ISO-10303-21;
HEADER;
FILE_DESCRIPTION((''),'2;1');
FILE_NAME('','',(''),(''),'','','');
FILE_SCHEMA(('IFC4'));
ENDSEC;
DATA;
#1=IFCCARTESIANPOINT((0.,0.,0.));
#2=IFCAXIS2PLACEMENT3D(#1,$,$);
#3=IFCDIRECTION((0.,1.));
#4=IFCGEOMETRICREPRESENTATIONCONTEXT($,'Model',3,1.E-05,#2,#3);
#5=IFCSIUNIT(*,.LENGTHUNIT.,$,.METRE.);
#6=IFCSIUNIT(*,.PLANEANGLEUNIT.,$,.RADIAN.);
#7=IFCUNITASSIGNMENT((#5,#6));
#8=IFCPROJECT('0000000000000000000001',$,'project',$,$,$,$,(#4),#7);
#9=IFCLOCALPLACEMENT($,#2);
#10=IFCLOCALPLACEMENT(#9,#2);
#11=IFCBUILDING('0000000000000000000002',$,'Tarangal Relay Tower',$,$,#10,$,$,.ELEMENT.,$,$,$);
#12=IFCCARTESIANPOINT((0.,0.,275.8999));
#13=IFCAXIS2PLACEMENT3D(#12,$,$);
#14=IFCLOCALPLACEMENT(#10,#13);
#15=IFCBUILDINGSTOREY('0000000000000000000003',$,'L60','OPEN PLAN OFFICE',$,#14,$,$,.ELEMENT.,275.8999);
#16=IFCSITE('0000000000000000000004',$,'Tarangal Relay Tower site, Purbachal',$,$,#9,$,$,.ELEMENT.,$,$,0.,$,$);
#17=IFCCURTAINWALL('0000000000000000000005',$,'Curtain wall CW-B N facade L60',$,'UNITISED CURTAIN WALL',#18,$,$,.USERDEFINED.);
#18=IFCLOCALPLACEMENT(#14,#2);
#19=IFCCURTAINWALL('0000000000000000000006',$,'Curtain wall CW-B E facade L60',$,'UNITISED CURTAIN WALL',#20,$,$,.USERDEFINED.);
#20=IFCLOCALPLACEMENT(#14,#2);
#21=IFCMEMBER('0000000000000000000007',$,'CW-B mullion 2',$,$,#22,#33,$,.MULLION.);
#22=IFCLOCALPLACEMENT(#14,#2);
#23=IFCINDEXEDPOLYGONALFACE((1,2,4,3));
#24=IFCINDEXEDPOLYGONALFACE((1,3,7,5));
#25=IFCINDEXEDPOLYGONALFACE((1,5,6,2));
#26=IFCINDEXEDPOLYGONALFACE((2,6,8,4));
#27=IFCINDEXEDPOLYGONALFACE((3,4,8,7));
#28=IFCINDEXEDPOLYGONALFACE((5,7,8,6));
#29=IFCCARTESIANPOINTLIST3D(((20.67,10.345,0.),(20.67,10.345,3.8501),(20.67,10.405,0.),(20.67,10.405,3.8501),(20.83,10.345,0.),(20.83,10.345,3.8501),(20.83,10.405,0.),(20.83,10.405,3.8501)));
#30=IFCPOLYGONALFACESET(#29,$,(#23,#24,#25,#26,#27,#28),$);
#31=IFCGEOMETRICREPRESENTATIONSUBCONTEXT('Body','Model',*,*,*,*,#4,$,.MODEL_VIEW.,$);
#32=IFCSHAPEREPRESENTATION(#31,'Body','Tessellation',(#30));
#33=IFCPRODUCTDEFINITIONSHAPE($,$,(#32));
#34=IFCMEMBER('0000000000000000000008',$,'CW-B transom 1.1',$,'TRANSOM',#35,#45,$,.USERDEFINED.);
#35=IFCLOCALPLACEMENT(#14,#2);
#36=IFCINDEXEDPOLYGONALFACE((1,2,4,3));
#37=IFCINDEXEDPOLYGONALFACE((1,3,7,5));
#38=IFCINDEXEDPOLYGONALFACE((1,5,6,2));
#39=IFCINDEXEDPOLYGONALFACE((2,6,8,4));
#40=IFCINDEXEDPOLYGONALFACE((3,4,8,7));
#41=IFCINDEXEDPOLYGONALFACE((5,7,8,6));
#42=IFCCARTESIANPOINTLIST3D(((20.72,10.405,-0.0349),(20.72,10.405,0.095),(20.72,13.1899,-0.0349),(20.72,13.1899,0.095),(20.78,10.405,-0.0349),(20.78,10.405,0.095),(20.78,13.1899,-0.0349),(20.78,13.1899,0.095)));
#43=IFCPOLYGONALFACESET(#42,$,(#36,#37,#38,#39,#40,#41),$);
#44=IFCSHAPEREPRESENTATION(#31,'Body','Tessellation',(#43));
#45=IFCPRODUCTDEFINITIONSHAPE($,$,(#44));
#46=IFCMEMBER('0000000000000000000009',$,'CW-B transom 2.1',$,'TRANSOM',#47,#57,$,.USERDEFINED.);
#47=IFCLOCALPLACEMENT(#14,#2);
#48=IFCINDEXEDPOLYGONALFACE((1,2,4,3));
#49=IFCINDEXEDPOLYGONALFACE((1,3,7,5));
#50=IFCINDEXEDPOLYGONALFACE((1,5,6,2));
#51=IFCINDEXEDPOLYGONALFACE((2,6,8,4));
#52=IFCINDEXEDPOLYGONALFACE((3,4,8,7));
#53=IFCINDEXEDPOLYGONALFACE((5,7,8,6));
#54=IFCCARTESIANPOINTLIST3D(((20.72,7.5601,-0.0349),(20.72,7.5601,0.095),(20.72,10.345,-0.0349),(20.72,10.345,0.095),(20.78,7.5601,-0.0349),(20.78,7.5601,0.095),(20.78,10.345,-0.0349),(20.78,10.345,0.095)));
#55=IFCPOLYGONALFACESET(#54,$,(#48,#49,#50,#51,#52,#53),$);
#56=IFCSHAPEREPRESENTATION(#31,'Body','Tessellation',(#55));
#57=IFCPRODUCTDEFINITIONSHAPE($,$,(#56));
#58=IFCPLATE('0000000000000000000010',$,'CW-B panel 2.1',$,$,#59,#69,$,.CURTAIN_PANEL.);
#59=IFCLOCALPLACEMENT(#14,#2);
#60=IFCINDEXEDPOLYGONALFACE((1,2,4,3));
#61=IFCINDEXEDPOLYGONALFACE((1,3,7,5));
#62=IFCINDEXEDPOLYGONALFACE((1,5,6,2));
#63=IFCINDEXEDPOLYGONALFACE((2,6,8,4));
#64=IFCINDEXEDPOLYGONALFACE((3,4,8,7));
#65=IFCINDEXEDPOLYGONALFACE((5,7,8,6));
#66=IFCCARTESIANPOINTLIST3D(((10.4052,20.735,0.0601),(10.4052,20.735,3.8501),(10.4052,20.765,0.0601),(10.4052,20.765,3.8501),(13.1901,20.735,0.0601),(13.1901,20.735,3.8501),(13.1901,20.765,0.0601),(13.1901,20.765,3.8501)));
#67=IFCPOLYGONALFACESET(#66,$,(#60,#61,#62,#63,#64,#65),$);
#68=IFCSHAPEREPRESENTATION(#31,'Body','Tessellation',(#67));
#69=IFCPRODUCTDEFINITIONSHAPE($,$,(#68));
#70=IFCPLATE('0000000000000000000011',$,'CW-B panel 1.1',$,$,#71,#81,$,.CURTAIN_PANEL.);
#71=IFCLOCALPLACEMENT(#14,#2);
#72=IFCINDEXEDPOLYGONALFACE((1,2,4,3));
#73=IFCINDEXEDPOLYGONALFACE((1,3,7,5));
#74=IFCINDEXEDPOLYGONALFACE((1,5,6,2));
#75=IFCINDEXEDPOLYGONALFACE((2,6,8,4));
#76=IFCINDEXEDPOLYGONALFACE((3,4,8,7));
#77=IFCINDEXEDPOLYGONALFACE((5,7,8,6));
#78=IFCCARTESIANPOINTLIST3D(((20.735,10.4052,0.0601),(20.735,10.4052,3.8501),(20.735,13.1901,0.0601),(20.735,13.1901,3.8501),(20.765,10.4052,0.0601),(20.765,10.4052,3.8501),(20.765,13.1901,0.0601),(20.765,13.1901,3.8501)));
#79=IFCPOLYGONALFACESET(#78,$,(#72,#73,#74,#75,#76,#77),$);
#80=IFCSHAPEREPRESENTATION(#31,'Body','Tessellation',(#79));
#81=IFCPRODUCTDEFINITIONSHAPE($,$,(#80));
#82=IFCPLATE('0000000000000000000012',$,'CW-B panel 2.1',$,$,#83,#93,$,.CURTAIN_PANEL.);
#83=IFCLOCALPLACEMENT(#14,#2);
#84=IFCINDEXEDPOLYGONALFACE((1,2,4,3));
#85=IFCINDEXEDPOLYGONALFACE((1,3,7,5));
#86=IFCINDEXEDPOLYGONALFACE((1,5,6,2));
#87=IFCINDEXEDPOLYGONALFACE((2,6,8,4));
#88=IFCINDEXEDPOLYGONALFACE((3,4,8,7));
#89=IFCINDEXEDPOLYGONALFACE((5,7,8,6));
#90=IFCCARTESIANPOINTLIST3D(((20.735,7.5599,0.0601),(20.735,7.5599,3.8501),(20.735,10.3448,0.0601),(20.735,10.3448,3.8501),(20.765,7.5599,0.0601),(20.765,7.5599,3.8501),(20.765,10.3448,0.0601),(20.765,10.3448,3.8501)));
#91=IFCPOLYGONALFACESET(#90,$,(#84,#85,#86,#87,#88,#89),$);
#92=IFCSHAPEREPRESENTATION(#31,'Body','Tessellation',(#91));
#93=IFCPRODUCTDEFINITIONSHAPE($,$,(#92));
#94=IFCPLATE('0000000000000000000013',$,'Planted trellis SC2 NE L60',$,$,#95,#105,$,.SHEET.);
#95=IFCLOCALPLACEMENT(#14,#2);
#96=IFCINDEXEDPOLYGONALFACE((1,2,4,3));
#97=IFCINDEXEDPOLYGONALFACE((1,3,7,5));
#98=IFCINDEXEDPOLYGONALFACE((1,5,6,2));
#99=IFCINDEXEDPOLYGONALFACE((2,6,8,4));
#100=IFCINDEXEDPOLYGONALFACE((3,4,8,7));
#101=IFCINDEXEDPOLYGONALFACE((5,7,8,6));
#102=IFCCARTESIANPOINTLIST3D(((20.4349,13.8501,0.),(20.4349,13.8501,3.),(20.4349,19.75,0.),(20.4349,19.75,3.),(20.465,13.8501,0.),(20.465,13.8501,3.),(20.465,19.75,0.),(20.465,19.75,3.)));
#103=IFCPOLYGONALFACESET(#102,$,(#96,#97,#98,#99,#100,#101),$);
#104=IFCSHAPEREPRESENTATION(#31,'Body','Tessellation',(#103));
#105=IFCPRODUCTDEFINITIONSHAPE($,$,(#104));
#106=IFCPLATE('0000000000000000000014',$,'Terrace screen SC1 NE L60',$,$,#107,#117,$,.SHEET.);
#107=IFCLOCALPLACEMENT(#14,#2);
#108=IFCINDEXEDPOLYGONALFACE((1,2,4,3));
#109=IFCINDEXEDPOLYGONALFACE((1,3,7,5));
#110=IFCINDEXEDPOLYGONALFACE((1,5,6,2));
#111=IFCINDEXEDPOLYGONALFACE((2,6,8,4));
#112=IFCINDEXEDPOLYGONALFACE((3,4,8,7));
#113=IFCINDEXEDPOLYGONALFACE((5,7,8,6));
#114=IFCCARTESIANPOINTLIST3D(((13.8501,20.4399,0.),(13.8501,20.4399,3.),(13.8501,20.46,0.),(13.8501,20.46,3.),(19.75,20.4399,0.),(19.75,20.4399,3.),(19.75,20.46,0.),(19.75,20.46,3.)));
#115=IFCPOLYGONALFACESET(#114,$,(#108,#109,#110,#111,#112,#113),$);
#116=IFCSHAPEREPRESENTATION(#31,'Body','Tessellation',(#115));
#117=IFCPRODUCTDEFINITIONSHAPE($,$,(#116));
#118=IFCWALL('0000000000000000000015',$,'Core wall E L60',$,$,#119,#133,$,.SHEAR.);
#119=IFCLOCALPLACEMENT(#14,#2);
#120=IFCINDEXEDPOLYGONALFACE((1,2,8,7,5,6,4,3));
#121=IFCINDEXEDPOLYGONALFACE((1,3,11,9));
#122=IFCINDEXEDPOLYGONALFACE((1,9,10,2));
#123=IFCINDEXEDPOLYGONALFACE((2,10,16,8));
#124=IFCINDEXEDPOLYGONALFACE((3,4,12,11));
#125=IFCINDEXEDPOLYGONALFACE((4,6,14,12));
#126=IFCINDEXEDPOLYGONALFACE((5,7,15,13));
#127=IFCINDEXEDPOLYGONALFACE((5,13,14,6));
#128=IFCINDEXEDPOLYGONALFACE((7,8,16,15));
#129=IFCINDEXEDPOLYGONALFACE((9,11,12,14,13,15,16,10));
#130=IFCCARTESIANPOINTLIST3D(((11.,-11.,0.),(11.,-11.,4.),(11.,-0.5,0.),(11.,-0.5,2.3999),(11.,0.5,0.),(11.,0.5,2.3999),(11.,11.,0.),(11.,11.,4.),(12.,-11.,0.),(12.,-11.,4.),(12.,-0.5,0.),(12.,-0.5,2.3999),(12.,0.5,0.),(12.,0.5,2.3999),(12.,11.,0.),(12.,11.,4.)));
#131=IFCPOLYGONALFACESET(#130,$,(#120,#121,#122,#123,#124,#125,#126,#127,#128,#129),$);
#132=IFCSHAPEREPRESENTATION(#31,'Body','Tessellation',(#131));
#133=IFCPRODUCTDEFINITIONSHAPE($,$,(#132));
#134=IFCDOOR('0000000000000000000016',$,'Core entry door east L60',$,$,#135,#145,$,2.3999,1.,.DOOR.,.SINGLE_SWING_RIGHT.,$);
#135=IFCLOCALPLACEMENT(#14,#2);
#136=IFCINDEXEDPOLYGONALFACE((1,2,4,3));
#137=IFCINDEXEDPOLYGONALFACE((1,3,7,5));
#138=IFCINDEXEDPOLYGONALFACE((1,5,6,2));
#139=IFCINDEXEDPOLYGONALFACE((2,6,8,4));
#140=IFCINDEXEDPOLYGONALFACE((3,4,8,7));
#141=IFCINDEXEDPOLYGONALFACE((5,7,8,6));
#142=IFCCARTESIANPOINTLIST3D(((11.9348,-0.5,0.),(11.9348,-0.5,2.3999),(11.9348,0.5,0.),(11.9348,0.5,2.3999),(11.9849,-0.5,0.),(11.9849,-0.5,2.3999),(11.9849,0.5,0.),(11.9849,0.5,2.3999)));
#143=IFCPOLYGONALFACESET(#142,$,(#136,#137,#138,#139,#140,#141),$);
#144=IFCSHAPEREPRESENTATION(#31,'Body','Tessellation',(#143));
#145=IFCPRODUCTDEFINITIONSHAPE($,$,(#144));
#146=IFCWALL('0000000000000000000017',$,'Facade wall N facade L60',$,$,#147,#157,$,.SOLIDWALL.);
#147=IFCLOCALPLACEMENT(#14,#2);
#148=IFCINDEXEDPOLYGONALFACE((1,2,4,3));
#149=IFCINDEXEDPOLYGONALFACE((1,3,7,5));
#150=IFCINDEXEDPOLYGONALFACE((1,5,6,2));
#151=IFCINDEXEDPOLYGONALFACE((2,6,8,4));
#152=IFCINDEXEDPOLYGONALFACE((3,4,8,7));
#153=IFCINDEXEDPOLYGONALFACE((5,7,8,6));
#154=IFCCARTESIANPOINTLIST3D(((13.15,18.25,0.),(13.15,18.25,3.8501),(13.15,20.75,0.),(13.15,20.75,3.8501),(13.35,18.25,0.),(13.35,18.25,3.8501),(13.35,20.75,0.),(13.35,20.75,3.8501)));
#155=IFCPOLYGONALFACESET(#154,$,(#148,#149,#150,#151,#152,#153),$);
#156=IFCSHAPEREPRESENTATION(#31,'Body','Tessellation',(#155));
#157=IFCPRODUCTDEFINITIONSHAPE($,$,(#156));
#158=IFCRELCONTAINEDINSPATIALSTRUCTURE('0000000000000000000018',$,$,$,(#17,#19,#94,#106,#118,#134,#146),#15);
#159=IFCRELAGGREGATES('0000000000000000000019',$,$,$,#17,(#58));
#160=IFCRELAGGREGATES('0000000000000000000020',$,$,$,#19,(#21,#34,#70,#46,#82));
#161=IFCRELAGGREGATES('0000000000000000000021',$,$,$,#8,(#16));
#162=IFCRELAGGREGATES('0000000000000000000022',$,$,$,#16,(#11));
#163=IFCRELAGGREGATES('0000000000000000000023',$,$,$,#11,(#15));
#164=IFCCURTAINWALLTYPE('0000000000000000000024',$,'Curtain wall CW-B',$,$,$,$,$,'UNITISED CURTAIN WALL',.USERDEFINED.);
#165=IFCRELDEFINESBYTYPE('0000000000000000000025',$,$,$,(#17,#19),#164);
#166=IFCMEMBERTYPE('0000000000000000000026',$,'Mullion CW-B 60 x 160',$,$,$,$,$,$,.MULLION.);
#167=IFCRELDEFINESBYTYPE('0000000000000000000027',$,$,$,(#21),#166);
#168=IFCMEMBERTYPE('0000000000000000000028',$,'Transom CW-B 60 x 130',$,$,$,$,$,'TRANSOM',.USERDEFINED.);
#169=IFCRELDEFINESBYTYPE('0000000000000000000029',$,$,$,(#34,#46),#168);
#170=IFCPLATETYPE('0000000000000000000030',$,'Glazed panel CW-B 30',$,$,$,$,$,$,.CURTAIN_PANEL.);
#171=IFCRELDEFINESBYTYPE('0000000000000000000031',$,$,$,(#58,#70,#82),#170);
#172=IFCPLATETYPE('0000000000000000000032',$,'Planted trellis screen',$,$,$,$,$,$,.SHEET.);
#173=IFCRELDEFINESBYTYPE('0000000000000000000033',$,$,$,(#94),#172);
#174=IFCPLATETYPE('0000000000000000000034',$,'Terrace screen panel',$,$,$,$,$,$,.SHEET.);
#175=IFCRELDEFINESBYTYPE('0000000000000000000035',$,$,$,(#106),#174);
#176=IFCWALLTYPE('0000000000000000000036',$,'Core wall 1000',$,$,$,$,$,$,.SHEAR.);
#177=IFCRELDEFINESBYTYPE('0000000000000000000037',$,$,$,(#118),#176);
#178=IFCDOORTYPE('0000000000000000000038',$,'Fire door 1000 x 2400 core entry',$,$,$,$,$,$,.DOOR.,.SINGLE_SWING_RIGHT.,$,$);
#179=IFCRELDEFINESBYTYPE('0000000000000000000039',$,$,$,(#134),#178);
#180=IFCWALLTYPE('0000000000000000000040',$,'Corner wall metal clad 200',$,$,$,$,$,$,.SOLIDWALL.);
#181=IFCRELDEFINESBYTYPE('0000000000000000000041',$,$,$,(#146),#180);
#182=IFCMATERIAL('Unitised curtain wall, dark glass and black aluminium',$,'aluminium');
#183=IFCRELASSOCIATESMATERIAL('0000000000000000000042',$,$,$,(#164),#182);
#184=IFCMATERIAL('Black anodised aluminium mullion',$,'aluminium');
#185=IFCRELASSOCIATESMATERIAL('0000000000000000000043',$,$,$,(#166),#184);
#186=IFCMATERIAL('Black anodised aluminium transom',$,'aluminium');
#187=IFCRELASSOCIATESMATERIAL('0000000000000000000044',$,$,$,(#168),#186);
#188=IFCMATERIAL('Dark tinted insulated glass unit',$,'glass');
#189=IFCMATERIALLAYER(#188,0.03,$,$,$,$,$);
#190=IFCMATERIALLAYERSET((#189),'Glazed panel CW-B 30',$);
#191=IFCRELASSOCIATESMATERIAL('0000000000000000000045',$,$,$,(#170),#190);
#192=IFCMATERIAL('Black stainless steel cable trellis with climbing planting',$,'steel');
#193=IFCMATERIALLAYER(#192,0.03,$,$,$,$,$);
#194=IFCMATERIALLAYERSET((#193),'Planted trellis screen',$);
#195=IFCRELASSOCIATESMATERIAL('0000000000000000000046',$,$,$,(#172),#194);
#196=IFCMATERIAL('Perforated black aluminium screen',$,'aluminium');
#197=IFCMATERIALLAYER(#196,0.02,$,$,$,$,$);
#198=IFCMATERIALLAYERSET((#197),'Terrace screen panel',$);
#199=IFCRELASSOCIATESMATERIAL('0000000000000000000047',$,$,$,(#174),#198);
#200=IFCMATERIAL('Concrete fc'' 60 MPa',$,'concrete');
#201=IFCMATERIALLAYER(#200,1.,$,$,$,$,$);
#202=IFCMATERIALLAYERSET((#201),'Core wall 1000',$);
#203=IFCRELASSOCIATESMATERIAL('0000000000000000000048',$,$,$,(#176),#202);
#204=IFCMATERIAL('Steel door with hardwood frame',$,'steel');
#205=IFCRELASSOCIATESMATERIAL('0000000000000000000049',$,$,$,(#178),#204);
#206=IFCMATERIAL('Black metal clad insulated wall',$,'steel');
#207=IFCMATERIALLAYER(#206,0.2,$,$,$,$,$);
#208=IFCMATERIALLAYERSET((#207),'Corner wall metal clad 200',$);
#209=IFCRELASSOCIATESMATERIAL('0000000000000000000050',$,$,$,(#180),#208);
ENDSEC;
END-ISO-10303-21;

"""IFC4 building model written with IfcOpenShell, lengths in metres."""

from ifc_helpers import new_model, si_unit, direction, frame, frame_2d, origin, origin_2d, place, context, subcontext, project, spatial, rectangle, extrude, material, layer, layer_set, material_profile, profile_set, type_object, element, fill, aggregate, save


model = new_model("IFC4")

# Units and contexts
model_context = context("Model", 3, precision=1e-05, world=origin(), true_north=direction((0.0, 1.0)))
body_context = subcontext(model_context, "Body", "Model", "MODEL_VIEW")
ifc_project = project(units=[si_unit("LENGTHUNIT", "METRE"), si_unit("PLANEANGLEUNIT", "RADIAN")], contexts=[model_context])

# Site, building, storey
site_placement = place(None, origin())
site = spatial("IfcSite", under=ifc_project, at=site_placement, Name="Tarangal Relay Tower site, Purbachal", CompositionType="ELEMENT", RefElevation=0.0)
building_placement = place(site_placement, origin())
building = spatial("IfcBuilding", under=site, at=building_placement, Name="Tarangal Relay Tower", CompositionType="ELEMENT")
storey_placement = place(building_placement, frame((0.0, 0.0, 275.8999)))
storey = spatial("IfcBuildingStorey", under=building, at=storey_placement, Name="L60", Description="OPEN PLAN OFFICE", CompositionType="ELEMENT", Elevation=275.8999)

# Curtain wall
ifc_material_1 = material(Name="Unitised curtain wall, dark glass and black aluminium", Category="aluminium")
curtain_wall_type = type_object("IfcCurtainWallType", Name="Curtain wall CW-B", ElementType="UNITISED CURTAIN WALL", PredefinedType="USERDEFINED", material=ifc_material_1)
curtain_wall_1_placement = place(storey_placement, origin())
curtain_wall_1 = element("IfcCurtainWall", 1, at=curtain_wall_1_placement, inside=storey, type_object=curtain_wall_type, Name="Curtain wall CW-B N facade L60", ObjectType="UNITISED CURTAIN WALL", PredefinedType="USERDEFINED")
ifc_material_2 = material(Name="Black anodised aluminium mullion", Category="aluminium")
ifc_material_profile_1 = material_profile(ifc_material_2, rectangle(XDim=0.1599, YDim=0.0601, at=origin_2d()), Name="CW-BM 60X160")
ifc_profile_set_1 = profile_set([ifc_material_profile_1], Name="Black anodised aluminium mullion")
member_type_1 = type_object("IfcMemberType", Name="Mullion CW-B 60 x 160", PredefinedType="MULLION", material=ifc_profile_set_1)

# Curtain wall, members
curtain_wall_2_placement = place(storey_placement, origin())
curtain_wall_2 = element("IfcCurtainWall", 2, at=curtain_wall_2_placement, inside=storey, type_object=curtain_wall_type, Name="Curtain wall CW-B E facade L60", ObjectType="UNITISED CURTAIN WALL", PredefinedType="USERDEFINED")
member_1_placement = place(storey_placement, frame((20.75, 10.375, 0.0), z_axis=(0.0, 0.0, 1.0), x_axis=(1.0, 0.0, 0.0)))
member_1 = element("IfcMember", 3, at=member_1_placement, type_object=member_type_1, Name="CW-B mullion 2", PredefinedType="MULLION", context=body_context, shape_type="SweptSolid", body=[
    extrude(rectangle(XDim=0.1599, YDim=0.0601, at=origin_2d()), origin(), (0.0, 0.0, 1.0), 3.8501),
])
ifc_material_3 = material(Name="Black anodised aluminium transom", Category="aluminium")
ifc_material_profile_2 = material_profile(ifc_material_3, rectangle(XDim=0.0601, YDim=0.1299, at=origin_2d()), Name="CW-BT 60X130")
ifc_profile_set_2 = profile_set([ifc_material_profile_2], Name="Black anodised aluminium transom")
member_type_2 = type_object("IfcMemberType", Name="Transom CW-B 60 x 130", ElementType="TRANSOM", PredefinedType="USERDEFINED", material=ifc_profile_set_2)
member_2_placement = place(storey_placement, frame((20.75, 13.1899, 0.03), z_axis=(0.0, -1.0, 0.0), x_axis=(1.0, 0.0, 0.0)))
member_2 = element("IfcMember", 4, at=member_2_placement, type_object=member_type_2, Name="CW-B transom 1.1", ObjectType="TRANSOM", PredefinedType="USERDEFINED", context=body_context, shape_type="SweptSolid", body=[
    extrude(rectangle(XDim=0.0601, YDim=0.1299, at=origin_2d()), origin(), (0.0, 0.0, 1.0), 2.7849),
])
member_3_placement = place(storey_placement, frame((20.75, 10.345, 0.03), z_axis=(0.0, -1.0, 0.0), x_axis=(1.0, 0.0, 0.0)))
member_3 = element("IfcMember", 5, at=member_3_placement, type_object=member_type_2, Name="CW-B transom 2.1", ObjectType="TRANSOM", PredefinedType="USERDEFINED", context=body_context, shape_type="SweptSolid", body=[
    extrude(rectangle(XDim=0.0601, YDim=0.1299, at=origin_2d()), origin(), (0.0, 0.0, 1.0), 2.7849),
])

# Plates
ifc_material_4 = material(Name="Dark tinted insulated glass unit", Category="glass")
ifc_layer_1 = layer(ifc_material_4, 0.03)
ifc_layer_set_1 = layer_set([ifc_layer_1], Name="Glazed panel CW-B 30")
plate_type_1 = type_object("IfcPlateType", Name="Glazed panel CW-B 30", PredefinedType="CURTAIN_PANEL", material=ifc_layer_set_1)
plate_1_placement = place(storey_placement, frame((11.7976, 20.75, 0.0601), z_axis=(0.0, 0.0, 1.0), x_axis=(1.0, 0.0, 0.0)))
plate_1 = element("IfcPlate", 6, at=plate_1_placement, type_object=plate_type_1, Name="CW-B panel 2.1", PredefinedType="CURTAIN_PANEL", context=body_context, shape_type="SweptSolid", body=[
    extrude(rectangle(XDim=2.7849, YDim=0.03, at=origin_2d()), origin(), (0.0, 0.0, 1.0), 3.79),
])
aggregate(curtain_wall_1, [plate_1])
plate_2_placement = place(storey_placement, frame((20.75, 11.7976, 0.0601), z_axis=(0.0, 0.0, 1.0), x_axis=(0.0, -1.0, 0.0)))
plate_2 = element("IfcPlate", 7, at=plate_2_placement, type_object=plate_type_1, Name="CW-B panel 1.1", PredefinedType="CURTAIN_PANEL", context=body_context, shape_type="SweptSolid", body=[
    extrude(rectangle(XDim=2.7849, YDim=0.03, at=origin_2d()), origin(), (0.0, 0.0, 1.0), 3.79),
])
plate_3_placement = place(storey_placement, frame((20.75, 8.9524, 0.0601), z_axis=(0.0, 0.0, 1.0), x_axis=(0.0, -1.0, 0.0)))
plate_3 = element("IfcPlate", 8, at=plate_3_placement, type_object=plate_type_1, Name="CW-B panel 2.1", PredefinedType="CURTAIN_PANEL", context=body_context, shape_type="SweptSolid", body=[
    extrude(rectangle(XDim=2.7849, YDim=0.03, at=origin_2d()), origin(), (0.0, 0.0, 1.0), 3.79),
])
aggregate(curtain_wall_2, [member_1, member_2, plate_2, member_3, plate_3])

# Plates
ifc_material_5 = material(Name="Black stainless steel cable trellis with climbing planting", Category="steel")
ifc_layer_2 = layer(ifc_material_5, 0.03)
ifc_layer_set_2 = layer_set([ifc_layer_2], Name="Planted trellis screen")
plate_type_2 = type_object("IfcPlateType", Name="Planted trellis screen", PredefinedType="SHEET", material=ifc_layer_set_2)
plate_4_placement = place(storey_placement, frame((20.45, 16.8, 0.0), z_axis=(0.0, 0.0, 1.0), x_axis=(0.0, -1.0, 0.0)))
element("IfcPlate", 9, at=plate_4_placement, inside=storey, type_object=plate_type_2, Name="Planted trellis SC2 NE L60", PredefinedType="SHEET", context=body_context, shape_type="SweptSolid", body=[
    extrude(rectangle(XDim=5.8999, YDim=0.03, at=origin_2d()), origin(), (0.0, 0.0, 1.0), 3.0),
])
ifc_material_6 = material(Name="Perforated black aluminium screen", Category="aluminium")
ifc_layer_3 = layer(ifc_material_6, 0.02)
ifc_layer_set_3 = layer_set([ifc_layer_3], Name="Terrace screen panel")
plate_type_3 = type_object("IfcPlateType", Name="Terrace screen panel", PredefinedType="SHEET", material=ifc_layer_set_3)
plate_5_placement = place(storey_placement, frame((16.8, 20.45, 0.0), z_axis=(0.0, 0.0, 1.0), x_axis=(1.0, 0.0, 0.0)))
element("IfcPlate", 10, at=plate_5_placement, inside=storey, type_object=plate_type_3, Name="Terrace screen SC1 NE L60", PredefinedType="SHEET", context=body_context, shape_type="SweptSolid", body=[
    extrude(rectangle(XDim=5.8999, YDim=0.02, at=origin_2d()), origin(), (0.0, 0.0, 1.0), 3.0),
])

# Wall, opening, door
ifc_material_7 = material(Name="Concrete fc' 60 MPa", Category="concrete")
ifc_layer_4 = layer(ifc_material_7, 1.0)
ifc_layer_set_4 = layer_set([ifc_layer_4], Name="Core wall 1000")
wall_type_1 = type_object("IfcWallType", Name="Core wall 1000", PredefinedType="SHEAR", material=ifc_layer_set_4)
wall_1_placement = place(storey_placement, frame((11.5, 11.0, 0.0), z_axis=(0.0, 0.0, 1.0), x_axis=(0.0, -1.0, 0.0)))
wall_1 = element("IfcWall", 11, at=wall_1_placement, inside=storey, type_object=wall_type_1, Name="Core wall E L60", PredefinedType="SHEAR", context=body_context, shape_type="SweptSolid", body=[
    extrude(rectangle(XDim=22.0, YDim=1.0, at=frame_2d((11.0, 0.0))), origin(), (0.0, 0.0, 1.0), 4.0),
])
opening_1_placement = place(wall_1_placement, frame((10.5, 0.0, 0.0)))
opening_1 = element("IfcOpeningElement", 12, at=opening_1_placement, cuts=wall_1, PredefinedType="OPENING", context=body_context, shape_type="SweptSolid", body=[
    extrude(rectangle(XDim=1.0, YDim=2.3999, at=frame_2d((0.5, 1.2))), frame((0.0, 0.51, 0.0), z_axis=(0.0, -1.0, 0.0), x_axis=(1.0, 0.0, 0.0)), (0.0, 0.0, 1.0), 1.02),
])
ifc_material_8 = material(Name="Steel door with hardwood frame", Category="steel")
door_type_1 = type_object("IfcDoorType", Name="Fire door 1000 x 2400 core entry", OperationType="SINGLE_SWING_RIGHT", PredefinedType="DOOR", material=ifc_material_8)
door_1_placement = place(opening_1_placement, origin())
door_1 = element("IfcDoor", 13, at=door_1_placement, inside=storey, type_object=door_type_1, Name="Core entry door east L60", OperationType="SINGLE_SWING_RIGHT", OverallHeight=2.3999, OverallWidth=1.0, PredefinedType="DOOR", context=body_context, shape_type="SweptSolid", body=[
    extrude(rectangle(XDim=1.0, YDim=2.3999, at=frame_2d((0.5, 1.2))), frame((0.0, 0.4849, 0.0), z_axis=(0.0, -1.0, 0.0), x_axis=(1.0, 0.0, 0.0)), (0.0, 0.0, 1.0), 0.05),
])
fill(opening_1, door_1)

# Wall
ifc_material_9 = material(Name="Black metal clad insulated wall", Category="steel")
ifc_layer_5 = layer(ifc_material_9, 0.2)
ifc_layer_set_5 = layer_set([ifc_layer_5], Name="Corner wall metal clad 200")
wall_type_2 = type_object("IfcWallType", Name="Corner wall metal clad 200", PredefinedType="SOLIDWALL", material=ifc_layer_set_5)
wall_2_placement = place(storey_placement, frame((13.25, 20.75, 0.0), z_axis=(0.0, 0.0, 1.0), x_axis=(0.0, -1.0, 0.0)))
element("IfcWall", 14, at=wall_2_placement, inside=storey, type_object=wall_type_2, Name="Facade wall N facade L60", PredefinedType="SOLIDWALL", context=body_context, shape_type="SweptSolid", body=[
    extrude(rectangle(XDim=2.5, YDim=0.2, at=frame_2d((1.25, 0.0))), origin(), (0.0, 0.0, 1.0), 3.8501),
])

save(model, "model.ifc")
